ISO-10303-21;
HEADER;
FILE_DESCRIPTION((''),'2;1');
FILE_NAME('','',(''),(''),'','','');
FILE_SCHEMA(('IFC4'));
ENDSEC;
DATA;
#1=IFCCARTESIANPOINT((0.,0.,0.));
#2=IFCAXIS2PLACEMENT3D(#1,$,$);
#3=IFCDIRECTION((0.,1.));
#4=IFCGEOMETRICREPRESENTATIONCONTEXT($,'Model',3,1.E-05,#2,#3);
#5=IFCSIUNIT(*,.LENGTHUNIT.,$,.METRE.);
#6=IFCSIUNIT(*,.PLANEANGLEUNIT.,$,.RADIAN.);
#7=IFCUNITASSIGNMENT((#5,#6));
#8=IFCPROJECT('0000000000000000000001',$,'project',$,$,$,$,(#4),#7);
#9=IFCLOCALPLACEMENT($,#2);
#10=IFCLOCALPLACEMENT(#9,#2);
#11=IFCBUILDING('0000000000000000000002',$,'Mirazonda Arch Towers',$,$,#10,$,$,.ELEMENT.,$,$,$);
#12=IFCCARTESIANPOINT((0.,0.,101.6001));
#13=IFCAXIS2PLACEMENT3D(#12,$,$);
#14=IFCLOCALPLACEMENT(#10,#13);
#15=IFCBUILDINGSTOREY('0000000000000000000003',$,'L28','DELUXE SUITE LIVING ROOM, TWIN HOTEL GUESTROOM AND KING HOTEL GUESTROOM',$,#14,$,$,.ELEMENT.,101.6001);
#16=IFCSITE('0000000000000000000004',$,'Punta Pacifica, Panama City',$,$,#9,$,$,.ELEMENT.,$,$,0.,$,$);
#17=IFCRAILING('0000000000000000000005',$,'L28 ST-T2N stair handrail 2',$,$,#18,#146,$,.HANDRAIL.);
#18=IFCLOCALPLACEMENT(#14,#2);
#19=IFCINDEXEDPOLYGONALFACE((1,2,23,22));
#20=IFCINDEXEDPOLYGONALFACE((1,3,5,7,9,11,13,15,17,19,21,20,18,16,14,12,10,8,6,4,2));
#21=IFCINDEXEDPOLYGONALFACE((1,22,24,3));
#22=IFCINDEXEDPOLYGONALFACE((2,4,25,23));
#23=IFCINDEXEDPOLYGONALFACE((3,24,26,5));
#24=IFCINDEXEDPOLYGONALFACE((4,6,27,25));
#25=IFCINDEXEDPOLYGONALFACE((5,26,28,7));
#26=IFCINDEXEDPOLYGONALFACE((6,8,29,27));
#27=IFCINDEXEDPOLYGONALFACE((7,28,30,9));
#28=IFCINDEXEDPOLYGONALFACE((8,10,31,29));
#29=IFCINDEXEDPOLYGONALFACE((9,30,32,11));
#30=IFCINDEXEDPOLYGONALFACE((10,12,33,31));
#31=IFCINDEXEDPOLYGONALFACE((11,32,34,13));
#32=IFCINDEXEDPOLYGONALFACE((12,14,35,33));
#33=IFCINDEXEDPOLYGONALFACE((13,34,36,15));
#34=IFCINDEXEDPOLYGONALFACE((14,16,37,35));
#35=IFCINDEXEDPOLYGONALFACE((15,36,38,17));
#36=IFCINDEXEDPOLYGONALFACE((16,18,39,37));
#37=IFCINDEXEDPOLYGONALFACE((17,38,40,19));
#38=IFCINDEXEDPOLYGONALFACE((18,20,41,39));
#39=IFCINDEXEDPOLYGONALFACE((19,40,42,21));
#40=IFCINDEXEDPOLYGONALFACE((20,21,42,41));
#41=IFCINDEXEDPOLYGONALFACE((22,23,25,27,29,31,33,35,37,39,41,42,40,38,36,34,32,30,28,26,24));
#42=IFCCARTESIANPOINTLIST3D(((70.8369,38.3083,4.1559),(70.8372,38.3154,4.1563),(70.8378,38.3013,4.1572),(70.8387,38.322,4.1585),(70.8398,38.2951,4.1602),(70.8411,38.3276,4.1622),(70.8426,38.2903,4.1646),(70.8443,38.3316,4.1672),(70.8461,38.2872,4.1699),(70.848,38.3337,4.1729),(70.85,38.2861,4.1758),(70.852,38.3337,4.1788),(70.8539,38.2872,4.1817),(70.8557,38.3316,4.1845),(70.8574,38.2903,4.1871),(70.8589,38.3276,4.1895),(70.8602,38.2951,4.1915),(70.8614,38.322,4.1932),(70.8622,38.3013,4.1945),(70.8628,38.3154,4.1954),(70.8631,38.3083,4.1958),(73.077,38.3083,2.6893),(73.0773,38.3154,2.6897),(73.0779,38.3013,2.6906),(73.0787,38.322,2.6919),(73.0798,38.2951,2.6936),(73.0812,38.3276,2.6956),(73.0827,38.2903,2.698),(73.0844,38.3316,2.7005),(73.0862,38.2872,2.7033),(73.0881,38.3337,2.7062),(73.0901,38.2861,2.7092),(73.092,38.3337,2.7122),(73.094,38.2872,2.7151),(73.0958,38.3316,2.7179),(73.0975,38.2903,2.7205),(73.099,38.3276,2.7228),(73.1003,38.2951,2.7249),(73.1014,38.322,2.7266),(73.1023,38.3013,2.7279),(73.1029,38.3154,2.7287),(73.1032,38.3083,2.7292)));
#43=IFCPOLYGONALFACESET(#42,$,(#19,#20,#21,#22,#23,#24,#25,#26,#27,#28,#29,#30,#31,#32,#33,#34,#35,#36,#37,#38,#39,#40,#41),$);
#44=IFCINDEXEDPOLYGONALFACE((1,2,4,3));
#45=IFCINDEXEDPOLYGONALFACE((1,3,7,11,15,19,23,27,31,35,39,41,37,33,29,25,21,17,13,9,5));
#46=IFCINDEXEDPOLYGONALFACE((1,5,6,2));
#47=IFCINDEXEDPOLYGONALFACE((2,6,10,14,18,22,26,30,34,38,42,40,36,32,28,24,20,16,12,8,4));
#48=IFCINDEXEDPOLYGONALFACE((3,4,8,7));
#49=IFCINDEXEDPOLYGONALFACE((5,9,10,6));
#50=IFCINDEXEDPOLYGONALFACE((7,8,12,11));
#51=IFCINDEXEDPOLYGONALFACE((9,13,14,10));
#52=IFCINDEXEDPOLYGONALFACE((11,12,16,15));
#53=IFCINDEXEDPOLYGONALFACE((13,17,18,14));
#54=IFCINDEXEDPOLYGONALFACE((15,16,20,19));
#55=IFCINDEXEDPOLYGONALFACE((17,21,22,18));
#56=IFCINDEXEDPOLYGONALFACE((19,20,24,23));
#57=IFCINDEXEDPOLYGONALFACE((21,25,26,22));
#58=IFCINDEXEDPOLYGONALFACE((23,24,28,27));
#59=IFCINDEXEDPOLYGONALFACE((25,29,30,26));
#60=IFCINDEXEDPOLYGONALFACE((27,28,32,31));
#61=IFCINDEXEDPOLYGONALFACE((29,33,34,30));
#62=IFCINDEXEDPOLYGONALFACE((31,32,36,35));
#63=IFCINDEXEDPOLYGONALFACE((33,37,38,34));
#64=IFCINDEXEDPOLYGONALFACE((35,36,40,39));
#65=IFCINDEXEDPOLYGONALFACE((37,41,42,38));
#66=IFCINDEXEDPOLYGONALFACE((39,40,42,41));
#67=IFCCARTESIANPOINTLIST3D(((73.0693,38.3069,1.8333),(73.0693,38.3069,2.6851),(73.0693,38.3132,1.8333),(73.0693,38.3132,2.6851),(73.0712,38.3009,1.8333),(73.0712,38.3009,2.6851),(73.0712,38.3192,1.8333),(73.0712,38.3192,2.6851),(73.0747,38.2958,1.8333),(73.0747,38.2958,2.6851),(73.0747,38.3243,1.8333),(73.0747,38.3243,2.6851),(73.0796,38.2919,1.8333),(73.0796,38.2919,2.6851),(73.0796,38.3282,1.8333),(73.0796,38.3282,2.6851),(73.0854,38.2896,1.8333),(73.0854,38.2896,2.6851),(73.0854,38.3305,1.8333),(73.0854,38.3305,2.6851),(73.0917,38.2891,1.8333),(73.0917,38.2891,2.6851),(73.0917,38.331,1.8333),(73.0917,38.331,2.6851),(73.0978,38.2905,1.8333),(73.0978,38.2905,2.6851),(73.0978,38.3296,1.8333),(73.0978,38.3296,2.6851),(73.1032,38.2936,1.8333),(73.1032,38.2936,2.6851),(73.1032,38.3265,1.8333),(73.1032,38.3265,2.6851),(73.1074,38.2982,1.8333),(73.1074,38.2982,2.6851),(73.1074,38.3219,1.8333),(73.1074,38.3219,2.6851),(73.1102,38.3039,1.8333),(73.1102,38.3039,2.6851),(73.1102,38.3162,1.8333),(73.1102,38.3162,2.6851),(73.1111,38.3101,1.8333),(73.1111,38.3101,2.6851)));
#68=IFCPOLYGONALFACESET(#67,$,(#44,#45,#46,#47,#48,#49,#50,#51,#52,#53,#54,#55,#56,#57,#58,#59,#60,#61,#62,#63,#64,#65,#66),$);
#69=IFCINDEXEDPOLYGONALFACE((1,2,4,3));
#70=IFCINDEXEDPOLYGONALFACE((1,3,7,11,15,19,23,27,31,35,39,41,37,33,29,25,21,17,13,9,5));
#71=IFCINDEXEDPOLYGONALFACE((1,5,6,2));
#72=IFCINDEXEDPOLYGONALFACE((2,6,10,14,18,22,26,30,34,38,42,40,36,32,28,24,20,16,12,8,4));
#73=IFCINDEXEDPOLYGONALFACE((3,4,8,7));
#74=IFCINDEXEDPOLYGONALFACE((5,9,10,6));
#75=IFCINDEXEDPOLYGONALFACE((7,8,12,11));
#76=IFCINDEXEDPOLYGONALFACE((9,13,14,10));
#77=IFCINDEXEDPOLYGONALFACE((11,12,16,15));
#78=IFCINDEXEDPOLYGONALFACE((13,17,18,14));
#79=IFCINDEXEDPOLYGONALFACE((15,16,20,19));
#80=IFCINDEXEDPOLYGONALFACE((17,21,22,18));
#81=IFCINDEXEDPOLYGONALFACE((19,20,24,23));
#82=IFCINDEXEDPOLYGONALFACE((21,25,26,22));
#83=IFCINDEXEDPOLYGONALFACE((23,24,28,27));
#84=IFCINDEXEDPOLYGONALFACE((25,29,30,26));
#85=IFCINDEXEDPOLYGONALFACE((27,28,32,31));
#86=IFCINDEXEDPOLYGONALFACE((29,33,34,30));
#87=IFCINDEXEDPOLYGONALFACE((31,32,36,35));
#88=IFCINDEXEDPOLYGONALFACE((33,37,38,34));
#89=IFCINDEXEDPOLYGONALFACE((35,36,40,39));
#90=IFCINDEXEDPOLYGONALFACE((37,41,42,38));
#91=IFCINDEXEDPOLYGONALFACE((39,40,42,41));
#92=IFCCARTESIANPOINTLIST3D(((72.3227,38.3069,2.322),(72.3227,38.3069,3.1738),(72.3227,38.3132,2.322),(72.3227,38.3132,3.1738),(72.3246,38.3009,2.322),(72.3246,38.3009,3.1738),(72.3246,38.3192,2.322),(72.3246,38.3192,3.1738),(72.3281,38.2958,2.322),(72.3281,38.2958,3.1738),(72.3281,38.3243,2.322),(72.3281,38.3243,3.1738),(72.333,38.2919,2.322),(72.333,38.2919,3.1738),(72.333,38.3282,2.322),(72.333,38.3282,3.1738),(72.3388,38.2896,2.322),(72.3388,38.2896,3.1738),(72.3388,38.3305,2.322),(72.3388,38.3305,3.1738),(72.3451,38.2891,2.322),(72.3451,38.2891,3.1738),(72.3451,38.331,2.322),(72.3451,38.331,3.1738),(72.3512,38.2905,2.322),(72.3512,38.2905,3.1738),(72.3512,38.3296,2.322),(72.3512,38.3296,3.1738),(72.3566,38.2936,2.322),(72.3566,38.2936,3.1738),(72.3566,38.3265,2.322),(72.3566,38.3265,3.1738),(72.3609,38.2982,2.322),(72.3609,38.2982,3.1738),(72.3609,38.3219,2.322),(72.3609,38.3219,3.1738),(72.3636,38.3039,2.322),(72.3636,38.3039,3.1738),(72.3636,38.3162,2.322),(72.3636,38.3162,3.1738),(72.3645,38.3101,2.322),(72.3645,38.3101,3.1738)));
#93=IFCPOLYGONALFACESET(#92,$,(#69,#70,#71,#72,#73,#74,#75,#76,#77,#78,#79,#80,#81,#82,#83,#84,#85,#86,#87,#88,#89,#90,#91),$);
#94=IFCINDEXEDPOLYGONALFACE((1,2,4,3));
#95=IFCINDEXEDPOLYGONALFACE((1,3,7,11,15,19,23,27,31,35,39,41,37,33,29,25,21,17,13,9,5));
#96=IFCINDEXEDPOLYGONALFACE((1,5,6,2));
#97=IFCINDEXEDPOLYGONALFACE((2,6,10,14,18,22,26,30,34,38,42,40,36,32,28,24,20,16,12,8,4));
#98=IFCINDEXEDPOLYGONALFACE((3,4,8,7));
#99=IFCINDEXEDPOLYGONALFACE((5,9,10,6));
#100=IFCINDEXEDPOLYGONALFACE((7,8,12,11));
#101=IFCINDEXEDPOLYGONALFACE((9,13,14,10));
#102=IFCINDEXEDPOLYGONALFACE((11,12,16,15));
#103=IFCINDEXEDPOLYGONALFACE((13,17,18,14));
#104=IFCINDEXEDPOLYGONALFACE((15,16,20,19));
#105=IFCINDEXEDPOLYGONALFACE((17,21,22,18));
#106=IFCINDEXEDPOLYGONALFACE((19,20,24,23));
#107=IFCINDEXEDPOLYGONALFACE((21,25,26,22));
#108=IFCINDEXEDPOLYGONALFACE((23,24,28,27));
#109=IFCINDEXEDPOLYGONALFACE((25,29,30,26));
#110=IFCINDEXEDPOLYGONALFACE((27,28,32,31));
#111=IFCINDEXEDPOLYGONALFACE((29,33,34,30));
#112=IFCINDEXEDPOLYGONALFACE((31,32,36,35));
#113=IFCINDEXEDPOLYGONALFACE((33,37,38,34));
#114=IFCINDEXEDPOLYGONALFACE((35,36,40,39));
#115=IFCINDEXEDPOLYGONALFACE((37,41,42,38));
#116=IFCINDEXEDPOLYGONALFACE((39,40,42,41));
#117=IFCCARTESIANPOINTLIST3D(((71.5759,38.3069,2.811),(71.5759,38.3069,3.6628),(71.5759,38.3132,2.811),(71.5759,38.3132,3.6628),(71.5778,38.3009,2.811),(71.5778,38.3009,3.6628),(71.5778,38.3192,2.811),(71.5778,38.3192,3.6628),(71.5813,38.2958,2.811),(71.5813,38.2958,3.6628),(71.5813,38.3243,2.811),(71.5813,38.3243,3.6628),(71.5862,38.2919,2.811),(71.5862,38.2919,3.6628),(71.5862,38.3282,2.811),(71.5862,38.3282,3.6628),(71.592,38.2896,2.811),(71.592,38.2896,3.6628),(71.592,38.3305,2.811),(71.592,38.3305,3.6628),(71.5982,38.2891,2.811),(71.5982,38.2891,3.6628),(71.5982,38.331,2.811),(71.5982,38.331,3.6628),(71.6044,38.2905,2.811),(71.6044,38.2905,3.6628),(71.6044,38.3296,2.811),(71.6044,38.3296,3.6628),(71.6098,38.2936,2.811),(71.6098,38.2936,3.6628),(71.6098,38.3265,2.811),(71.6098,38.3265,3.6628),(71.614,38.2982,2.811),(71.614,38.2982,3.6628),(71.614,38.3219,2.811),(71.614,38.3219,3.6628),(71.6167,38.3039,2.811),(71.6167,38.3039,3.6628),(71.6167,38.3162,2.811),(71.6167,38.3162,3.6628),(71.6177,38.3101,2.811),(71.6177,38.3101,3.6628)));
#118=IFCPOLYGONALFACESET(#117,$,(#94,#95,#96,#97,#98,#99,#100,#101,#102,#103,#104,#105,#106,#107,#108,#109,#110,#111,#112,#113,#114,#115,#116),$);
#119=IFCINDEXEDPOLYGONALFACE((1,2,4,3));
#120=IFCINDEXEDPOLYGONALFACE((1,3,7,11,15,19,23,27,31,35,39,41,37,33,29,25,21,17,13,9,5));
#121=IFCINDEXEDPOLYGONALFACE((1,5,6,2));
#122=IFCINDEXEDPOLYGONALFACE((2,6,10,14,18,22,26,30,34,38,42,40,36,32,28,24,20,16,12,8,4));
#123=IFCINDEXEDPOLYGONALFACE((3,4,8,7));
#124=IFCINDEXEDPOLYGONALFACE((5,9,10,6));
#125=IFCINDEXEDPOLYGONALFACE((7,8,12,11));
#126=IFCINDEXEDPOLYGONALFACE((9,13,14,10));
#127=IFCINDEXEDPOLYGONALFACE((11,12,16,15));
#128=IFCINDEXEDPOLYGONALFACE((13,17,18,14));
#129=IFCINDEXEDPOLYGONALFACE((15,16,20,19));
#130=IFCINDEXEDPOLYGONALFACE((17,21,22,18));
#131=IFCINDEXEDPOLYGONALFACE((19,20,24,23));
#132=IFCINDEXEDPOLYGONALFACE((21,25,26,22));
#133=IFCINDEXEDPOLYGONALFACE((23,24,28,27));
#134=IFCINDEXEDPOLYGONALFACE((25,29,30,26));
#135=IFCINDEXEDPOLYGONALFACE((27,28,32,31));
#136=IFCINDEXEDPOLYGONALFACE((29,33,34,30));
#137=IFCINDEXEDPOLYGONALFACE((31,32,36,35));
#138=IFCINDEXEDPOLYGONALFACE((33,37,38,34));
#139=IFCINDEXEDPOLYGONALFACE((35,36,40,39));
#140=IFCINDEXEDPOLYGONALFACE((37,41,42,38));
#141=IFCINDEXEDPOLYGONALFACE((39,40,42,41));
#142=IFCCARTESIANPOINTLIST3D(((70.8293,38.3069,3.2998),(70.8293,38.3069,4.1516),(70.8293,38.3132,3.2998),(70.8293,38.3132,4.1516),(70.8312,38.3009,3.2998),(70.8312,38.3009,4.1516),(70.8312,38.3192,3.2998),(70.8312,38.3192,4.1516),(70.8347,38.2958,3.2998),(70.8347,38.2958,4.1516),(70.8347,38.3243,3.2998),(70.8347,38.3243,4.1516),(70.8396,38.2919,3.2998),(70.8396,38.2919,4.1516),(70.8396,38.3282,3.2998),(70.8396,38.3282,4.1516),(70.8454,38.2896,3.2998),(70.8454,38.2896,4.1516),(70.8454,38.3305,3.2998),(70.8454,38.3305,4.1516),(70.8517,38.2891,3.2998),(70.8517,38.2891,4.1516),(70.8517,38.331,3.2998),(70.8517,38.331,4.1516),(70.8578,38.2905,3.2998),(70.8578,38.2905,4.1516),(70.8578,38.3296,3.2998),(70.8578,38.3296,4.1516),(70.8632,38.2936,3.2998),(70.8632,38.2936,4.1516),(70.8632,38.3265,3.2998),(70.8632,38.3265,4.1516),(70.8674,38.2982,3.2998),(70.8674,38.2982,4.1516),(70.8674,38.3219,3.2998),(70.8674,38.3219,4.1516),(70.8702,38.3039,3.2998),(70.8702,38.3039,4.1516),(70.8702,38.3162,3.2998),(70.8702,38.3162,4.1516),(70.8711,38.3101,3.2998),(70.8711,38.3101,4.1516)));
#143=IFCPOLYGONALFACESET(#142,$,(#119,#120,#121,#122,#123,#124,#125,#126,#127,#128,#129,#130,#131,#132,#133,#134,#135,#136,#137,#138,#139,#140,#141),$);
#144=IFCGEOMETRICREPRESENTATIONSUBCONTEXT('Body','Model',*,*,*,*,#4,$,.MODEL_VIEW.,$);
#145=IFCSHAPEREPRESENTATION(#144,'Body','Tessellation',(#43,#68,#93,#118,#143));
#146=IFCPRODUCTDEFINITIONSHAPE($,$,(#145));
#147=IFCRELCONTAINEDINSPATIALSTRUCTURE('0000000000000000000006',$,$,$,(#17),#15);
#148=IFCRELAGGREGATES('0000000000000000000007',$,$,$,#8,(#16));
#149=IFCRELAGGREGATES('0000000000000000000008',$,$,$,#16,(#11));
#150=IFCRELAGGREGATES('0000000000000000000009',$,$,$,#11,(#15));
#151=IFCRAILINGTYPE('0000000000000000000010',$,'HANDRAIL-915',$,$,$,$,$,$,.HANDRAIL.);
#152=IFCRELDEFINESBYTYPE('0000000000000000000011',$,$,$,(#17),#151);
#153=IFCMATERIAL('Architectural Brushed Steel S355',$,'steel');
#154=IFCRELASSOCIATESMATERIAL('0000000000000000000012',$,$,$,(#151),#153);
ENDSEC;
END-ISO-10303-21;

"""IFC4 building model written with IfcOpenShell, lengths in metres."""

from ifc_helpers import new_model, si_unit, direction, frame, origin, origin_2d, place, context, subcontext, project, spatial, circle, extrude, material, type_object, element, save


model = new_model("IFC4")

# Units and contexts
model_context = context("Model", 3, precision=1e-05, world=origin(), true_north=direction((0.0, 1.0)))
body_context = subcontext(model_context, "Body", "Model", "MODEL_VIEW")
ifc_project = project(units=[si_unit("LENGTHUNIT", "METRE"), si_unit("PLANEANGLEUNIT", "RADIAN")], contexts=[model_context])

# Site, building, storey
site_placement = place(None, origin())
site = spatial("IfcSite", under=ifc_project, at=site_placement, Name="Punta Pacifica, Panama City", CompositionType="ELEMENT", RefElevation=0.0)
building_placement = place(site_placement, origin())
building = spatial("IfcBuilding", under=site, at=building_placement, Name="Mirazonda Arch Towers", CompositionType="ELEMENT")
storey_placement = place(building_placement, frame((0.0, 0.0, 101.6001)))
storey = spatial("IfcBuildingStorey", under=building, at=storey_placement, Name="L28", Description="DELUXE SUITE LIVING ROOM, TWIN HOTEL GUESTROOM AND KING HOTEL GUESTROOM", CompositionType="ELEMENT", Elevation=101.6001)

# Shared definitions
ifc_material_1 = material(Name="Architectural Brushed Steel S355", Category="steel")

# Railing
railing_type_1 = type_object("IfcRailingType", Name="HANDRAIL-915", PredefinedType="HANDRAIL", material=ifc_material_1)
railing_1_placement = place(storey_placement, frame((73.0901, 38.3101, 1.8333)))
element("IfcRailing", 1, at=railing_1_placement, inside=storey, type_object=railing_type_1, Name="L28 ST-T2N stair handrail 2", PredefinedType="HANDRAIL", context=body_context, shape_type="SweptSolid", body=[
    extrude(circle(Radius=0.0239, at=origin_2d()), frame((0.0, 0.0, 0.876), z_axis=(-0.836637, 0.0, 0.547758), x_axis=(0.0, -1.0, 0.0)), (0.0, 0.0, 1.0), 2.6775),
    extrude(circle(Radius=0.021, at=origin_2d()), origin(), (0.0, 0.0, 1.0), 0.8518),
    extrude(circle(Radius=0.021, at=origin_2d()), frame((-0.7466, 0.0, 0.4888)), (0.0, 0.0, 1.0), 0.8518),
    extrude(circle(Radius=0.021, at=origin_2d()), frame((-1.4934, 0.0, 0.9778)), (0.0, 0.0, 1.0), 0.8518),
    extrude(circle(Radius=0.021, at=origin_2d()), frame((-2.24, 0.0, 1.4666)), (0.0, 0.0, 1.0), 0.8518),
])

save(model, "model.ifc")
